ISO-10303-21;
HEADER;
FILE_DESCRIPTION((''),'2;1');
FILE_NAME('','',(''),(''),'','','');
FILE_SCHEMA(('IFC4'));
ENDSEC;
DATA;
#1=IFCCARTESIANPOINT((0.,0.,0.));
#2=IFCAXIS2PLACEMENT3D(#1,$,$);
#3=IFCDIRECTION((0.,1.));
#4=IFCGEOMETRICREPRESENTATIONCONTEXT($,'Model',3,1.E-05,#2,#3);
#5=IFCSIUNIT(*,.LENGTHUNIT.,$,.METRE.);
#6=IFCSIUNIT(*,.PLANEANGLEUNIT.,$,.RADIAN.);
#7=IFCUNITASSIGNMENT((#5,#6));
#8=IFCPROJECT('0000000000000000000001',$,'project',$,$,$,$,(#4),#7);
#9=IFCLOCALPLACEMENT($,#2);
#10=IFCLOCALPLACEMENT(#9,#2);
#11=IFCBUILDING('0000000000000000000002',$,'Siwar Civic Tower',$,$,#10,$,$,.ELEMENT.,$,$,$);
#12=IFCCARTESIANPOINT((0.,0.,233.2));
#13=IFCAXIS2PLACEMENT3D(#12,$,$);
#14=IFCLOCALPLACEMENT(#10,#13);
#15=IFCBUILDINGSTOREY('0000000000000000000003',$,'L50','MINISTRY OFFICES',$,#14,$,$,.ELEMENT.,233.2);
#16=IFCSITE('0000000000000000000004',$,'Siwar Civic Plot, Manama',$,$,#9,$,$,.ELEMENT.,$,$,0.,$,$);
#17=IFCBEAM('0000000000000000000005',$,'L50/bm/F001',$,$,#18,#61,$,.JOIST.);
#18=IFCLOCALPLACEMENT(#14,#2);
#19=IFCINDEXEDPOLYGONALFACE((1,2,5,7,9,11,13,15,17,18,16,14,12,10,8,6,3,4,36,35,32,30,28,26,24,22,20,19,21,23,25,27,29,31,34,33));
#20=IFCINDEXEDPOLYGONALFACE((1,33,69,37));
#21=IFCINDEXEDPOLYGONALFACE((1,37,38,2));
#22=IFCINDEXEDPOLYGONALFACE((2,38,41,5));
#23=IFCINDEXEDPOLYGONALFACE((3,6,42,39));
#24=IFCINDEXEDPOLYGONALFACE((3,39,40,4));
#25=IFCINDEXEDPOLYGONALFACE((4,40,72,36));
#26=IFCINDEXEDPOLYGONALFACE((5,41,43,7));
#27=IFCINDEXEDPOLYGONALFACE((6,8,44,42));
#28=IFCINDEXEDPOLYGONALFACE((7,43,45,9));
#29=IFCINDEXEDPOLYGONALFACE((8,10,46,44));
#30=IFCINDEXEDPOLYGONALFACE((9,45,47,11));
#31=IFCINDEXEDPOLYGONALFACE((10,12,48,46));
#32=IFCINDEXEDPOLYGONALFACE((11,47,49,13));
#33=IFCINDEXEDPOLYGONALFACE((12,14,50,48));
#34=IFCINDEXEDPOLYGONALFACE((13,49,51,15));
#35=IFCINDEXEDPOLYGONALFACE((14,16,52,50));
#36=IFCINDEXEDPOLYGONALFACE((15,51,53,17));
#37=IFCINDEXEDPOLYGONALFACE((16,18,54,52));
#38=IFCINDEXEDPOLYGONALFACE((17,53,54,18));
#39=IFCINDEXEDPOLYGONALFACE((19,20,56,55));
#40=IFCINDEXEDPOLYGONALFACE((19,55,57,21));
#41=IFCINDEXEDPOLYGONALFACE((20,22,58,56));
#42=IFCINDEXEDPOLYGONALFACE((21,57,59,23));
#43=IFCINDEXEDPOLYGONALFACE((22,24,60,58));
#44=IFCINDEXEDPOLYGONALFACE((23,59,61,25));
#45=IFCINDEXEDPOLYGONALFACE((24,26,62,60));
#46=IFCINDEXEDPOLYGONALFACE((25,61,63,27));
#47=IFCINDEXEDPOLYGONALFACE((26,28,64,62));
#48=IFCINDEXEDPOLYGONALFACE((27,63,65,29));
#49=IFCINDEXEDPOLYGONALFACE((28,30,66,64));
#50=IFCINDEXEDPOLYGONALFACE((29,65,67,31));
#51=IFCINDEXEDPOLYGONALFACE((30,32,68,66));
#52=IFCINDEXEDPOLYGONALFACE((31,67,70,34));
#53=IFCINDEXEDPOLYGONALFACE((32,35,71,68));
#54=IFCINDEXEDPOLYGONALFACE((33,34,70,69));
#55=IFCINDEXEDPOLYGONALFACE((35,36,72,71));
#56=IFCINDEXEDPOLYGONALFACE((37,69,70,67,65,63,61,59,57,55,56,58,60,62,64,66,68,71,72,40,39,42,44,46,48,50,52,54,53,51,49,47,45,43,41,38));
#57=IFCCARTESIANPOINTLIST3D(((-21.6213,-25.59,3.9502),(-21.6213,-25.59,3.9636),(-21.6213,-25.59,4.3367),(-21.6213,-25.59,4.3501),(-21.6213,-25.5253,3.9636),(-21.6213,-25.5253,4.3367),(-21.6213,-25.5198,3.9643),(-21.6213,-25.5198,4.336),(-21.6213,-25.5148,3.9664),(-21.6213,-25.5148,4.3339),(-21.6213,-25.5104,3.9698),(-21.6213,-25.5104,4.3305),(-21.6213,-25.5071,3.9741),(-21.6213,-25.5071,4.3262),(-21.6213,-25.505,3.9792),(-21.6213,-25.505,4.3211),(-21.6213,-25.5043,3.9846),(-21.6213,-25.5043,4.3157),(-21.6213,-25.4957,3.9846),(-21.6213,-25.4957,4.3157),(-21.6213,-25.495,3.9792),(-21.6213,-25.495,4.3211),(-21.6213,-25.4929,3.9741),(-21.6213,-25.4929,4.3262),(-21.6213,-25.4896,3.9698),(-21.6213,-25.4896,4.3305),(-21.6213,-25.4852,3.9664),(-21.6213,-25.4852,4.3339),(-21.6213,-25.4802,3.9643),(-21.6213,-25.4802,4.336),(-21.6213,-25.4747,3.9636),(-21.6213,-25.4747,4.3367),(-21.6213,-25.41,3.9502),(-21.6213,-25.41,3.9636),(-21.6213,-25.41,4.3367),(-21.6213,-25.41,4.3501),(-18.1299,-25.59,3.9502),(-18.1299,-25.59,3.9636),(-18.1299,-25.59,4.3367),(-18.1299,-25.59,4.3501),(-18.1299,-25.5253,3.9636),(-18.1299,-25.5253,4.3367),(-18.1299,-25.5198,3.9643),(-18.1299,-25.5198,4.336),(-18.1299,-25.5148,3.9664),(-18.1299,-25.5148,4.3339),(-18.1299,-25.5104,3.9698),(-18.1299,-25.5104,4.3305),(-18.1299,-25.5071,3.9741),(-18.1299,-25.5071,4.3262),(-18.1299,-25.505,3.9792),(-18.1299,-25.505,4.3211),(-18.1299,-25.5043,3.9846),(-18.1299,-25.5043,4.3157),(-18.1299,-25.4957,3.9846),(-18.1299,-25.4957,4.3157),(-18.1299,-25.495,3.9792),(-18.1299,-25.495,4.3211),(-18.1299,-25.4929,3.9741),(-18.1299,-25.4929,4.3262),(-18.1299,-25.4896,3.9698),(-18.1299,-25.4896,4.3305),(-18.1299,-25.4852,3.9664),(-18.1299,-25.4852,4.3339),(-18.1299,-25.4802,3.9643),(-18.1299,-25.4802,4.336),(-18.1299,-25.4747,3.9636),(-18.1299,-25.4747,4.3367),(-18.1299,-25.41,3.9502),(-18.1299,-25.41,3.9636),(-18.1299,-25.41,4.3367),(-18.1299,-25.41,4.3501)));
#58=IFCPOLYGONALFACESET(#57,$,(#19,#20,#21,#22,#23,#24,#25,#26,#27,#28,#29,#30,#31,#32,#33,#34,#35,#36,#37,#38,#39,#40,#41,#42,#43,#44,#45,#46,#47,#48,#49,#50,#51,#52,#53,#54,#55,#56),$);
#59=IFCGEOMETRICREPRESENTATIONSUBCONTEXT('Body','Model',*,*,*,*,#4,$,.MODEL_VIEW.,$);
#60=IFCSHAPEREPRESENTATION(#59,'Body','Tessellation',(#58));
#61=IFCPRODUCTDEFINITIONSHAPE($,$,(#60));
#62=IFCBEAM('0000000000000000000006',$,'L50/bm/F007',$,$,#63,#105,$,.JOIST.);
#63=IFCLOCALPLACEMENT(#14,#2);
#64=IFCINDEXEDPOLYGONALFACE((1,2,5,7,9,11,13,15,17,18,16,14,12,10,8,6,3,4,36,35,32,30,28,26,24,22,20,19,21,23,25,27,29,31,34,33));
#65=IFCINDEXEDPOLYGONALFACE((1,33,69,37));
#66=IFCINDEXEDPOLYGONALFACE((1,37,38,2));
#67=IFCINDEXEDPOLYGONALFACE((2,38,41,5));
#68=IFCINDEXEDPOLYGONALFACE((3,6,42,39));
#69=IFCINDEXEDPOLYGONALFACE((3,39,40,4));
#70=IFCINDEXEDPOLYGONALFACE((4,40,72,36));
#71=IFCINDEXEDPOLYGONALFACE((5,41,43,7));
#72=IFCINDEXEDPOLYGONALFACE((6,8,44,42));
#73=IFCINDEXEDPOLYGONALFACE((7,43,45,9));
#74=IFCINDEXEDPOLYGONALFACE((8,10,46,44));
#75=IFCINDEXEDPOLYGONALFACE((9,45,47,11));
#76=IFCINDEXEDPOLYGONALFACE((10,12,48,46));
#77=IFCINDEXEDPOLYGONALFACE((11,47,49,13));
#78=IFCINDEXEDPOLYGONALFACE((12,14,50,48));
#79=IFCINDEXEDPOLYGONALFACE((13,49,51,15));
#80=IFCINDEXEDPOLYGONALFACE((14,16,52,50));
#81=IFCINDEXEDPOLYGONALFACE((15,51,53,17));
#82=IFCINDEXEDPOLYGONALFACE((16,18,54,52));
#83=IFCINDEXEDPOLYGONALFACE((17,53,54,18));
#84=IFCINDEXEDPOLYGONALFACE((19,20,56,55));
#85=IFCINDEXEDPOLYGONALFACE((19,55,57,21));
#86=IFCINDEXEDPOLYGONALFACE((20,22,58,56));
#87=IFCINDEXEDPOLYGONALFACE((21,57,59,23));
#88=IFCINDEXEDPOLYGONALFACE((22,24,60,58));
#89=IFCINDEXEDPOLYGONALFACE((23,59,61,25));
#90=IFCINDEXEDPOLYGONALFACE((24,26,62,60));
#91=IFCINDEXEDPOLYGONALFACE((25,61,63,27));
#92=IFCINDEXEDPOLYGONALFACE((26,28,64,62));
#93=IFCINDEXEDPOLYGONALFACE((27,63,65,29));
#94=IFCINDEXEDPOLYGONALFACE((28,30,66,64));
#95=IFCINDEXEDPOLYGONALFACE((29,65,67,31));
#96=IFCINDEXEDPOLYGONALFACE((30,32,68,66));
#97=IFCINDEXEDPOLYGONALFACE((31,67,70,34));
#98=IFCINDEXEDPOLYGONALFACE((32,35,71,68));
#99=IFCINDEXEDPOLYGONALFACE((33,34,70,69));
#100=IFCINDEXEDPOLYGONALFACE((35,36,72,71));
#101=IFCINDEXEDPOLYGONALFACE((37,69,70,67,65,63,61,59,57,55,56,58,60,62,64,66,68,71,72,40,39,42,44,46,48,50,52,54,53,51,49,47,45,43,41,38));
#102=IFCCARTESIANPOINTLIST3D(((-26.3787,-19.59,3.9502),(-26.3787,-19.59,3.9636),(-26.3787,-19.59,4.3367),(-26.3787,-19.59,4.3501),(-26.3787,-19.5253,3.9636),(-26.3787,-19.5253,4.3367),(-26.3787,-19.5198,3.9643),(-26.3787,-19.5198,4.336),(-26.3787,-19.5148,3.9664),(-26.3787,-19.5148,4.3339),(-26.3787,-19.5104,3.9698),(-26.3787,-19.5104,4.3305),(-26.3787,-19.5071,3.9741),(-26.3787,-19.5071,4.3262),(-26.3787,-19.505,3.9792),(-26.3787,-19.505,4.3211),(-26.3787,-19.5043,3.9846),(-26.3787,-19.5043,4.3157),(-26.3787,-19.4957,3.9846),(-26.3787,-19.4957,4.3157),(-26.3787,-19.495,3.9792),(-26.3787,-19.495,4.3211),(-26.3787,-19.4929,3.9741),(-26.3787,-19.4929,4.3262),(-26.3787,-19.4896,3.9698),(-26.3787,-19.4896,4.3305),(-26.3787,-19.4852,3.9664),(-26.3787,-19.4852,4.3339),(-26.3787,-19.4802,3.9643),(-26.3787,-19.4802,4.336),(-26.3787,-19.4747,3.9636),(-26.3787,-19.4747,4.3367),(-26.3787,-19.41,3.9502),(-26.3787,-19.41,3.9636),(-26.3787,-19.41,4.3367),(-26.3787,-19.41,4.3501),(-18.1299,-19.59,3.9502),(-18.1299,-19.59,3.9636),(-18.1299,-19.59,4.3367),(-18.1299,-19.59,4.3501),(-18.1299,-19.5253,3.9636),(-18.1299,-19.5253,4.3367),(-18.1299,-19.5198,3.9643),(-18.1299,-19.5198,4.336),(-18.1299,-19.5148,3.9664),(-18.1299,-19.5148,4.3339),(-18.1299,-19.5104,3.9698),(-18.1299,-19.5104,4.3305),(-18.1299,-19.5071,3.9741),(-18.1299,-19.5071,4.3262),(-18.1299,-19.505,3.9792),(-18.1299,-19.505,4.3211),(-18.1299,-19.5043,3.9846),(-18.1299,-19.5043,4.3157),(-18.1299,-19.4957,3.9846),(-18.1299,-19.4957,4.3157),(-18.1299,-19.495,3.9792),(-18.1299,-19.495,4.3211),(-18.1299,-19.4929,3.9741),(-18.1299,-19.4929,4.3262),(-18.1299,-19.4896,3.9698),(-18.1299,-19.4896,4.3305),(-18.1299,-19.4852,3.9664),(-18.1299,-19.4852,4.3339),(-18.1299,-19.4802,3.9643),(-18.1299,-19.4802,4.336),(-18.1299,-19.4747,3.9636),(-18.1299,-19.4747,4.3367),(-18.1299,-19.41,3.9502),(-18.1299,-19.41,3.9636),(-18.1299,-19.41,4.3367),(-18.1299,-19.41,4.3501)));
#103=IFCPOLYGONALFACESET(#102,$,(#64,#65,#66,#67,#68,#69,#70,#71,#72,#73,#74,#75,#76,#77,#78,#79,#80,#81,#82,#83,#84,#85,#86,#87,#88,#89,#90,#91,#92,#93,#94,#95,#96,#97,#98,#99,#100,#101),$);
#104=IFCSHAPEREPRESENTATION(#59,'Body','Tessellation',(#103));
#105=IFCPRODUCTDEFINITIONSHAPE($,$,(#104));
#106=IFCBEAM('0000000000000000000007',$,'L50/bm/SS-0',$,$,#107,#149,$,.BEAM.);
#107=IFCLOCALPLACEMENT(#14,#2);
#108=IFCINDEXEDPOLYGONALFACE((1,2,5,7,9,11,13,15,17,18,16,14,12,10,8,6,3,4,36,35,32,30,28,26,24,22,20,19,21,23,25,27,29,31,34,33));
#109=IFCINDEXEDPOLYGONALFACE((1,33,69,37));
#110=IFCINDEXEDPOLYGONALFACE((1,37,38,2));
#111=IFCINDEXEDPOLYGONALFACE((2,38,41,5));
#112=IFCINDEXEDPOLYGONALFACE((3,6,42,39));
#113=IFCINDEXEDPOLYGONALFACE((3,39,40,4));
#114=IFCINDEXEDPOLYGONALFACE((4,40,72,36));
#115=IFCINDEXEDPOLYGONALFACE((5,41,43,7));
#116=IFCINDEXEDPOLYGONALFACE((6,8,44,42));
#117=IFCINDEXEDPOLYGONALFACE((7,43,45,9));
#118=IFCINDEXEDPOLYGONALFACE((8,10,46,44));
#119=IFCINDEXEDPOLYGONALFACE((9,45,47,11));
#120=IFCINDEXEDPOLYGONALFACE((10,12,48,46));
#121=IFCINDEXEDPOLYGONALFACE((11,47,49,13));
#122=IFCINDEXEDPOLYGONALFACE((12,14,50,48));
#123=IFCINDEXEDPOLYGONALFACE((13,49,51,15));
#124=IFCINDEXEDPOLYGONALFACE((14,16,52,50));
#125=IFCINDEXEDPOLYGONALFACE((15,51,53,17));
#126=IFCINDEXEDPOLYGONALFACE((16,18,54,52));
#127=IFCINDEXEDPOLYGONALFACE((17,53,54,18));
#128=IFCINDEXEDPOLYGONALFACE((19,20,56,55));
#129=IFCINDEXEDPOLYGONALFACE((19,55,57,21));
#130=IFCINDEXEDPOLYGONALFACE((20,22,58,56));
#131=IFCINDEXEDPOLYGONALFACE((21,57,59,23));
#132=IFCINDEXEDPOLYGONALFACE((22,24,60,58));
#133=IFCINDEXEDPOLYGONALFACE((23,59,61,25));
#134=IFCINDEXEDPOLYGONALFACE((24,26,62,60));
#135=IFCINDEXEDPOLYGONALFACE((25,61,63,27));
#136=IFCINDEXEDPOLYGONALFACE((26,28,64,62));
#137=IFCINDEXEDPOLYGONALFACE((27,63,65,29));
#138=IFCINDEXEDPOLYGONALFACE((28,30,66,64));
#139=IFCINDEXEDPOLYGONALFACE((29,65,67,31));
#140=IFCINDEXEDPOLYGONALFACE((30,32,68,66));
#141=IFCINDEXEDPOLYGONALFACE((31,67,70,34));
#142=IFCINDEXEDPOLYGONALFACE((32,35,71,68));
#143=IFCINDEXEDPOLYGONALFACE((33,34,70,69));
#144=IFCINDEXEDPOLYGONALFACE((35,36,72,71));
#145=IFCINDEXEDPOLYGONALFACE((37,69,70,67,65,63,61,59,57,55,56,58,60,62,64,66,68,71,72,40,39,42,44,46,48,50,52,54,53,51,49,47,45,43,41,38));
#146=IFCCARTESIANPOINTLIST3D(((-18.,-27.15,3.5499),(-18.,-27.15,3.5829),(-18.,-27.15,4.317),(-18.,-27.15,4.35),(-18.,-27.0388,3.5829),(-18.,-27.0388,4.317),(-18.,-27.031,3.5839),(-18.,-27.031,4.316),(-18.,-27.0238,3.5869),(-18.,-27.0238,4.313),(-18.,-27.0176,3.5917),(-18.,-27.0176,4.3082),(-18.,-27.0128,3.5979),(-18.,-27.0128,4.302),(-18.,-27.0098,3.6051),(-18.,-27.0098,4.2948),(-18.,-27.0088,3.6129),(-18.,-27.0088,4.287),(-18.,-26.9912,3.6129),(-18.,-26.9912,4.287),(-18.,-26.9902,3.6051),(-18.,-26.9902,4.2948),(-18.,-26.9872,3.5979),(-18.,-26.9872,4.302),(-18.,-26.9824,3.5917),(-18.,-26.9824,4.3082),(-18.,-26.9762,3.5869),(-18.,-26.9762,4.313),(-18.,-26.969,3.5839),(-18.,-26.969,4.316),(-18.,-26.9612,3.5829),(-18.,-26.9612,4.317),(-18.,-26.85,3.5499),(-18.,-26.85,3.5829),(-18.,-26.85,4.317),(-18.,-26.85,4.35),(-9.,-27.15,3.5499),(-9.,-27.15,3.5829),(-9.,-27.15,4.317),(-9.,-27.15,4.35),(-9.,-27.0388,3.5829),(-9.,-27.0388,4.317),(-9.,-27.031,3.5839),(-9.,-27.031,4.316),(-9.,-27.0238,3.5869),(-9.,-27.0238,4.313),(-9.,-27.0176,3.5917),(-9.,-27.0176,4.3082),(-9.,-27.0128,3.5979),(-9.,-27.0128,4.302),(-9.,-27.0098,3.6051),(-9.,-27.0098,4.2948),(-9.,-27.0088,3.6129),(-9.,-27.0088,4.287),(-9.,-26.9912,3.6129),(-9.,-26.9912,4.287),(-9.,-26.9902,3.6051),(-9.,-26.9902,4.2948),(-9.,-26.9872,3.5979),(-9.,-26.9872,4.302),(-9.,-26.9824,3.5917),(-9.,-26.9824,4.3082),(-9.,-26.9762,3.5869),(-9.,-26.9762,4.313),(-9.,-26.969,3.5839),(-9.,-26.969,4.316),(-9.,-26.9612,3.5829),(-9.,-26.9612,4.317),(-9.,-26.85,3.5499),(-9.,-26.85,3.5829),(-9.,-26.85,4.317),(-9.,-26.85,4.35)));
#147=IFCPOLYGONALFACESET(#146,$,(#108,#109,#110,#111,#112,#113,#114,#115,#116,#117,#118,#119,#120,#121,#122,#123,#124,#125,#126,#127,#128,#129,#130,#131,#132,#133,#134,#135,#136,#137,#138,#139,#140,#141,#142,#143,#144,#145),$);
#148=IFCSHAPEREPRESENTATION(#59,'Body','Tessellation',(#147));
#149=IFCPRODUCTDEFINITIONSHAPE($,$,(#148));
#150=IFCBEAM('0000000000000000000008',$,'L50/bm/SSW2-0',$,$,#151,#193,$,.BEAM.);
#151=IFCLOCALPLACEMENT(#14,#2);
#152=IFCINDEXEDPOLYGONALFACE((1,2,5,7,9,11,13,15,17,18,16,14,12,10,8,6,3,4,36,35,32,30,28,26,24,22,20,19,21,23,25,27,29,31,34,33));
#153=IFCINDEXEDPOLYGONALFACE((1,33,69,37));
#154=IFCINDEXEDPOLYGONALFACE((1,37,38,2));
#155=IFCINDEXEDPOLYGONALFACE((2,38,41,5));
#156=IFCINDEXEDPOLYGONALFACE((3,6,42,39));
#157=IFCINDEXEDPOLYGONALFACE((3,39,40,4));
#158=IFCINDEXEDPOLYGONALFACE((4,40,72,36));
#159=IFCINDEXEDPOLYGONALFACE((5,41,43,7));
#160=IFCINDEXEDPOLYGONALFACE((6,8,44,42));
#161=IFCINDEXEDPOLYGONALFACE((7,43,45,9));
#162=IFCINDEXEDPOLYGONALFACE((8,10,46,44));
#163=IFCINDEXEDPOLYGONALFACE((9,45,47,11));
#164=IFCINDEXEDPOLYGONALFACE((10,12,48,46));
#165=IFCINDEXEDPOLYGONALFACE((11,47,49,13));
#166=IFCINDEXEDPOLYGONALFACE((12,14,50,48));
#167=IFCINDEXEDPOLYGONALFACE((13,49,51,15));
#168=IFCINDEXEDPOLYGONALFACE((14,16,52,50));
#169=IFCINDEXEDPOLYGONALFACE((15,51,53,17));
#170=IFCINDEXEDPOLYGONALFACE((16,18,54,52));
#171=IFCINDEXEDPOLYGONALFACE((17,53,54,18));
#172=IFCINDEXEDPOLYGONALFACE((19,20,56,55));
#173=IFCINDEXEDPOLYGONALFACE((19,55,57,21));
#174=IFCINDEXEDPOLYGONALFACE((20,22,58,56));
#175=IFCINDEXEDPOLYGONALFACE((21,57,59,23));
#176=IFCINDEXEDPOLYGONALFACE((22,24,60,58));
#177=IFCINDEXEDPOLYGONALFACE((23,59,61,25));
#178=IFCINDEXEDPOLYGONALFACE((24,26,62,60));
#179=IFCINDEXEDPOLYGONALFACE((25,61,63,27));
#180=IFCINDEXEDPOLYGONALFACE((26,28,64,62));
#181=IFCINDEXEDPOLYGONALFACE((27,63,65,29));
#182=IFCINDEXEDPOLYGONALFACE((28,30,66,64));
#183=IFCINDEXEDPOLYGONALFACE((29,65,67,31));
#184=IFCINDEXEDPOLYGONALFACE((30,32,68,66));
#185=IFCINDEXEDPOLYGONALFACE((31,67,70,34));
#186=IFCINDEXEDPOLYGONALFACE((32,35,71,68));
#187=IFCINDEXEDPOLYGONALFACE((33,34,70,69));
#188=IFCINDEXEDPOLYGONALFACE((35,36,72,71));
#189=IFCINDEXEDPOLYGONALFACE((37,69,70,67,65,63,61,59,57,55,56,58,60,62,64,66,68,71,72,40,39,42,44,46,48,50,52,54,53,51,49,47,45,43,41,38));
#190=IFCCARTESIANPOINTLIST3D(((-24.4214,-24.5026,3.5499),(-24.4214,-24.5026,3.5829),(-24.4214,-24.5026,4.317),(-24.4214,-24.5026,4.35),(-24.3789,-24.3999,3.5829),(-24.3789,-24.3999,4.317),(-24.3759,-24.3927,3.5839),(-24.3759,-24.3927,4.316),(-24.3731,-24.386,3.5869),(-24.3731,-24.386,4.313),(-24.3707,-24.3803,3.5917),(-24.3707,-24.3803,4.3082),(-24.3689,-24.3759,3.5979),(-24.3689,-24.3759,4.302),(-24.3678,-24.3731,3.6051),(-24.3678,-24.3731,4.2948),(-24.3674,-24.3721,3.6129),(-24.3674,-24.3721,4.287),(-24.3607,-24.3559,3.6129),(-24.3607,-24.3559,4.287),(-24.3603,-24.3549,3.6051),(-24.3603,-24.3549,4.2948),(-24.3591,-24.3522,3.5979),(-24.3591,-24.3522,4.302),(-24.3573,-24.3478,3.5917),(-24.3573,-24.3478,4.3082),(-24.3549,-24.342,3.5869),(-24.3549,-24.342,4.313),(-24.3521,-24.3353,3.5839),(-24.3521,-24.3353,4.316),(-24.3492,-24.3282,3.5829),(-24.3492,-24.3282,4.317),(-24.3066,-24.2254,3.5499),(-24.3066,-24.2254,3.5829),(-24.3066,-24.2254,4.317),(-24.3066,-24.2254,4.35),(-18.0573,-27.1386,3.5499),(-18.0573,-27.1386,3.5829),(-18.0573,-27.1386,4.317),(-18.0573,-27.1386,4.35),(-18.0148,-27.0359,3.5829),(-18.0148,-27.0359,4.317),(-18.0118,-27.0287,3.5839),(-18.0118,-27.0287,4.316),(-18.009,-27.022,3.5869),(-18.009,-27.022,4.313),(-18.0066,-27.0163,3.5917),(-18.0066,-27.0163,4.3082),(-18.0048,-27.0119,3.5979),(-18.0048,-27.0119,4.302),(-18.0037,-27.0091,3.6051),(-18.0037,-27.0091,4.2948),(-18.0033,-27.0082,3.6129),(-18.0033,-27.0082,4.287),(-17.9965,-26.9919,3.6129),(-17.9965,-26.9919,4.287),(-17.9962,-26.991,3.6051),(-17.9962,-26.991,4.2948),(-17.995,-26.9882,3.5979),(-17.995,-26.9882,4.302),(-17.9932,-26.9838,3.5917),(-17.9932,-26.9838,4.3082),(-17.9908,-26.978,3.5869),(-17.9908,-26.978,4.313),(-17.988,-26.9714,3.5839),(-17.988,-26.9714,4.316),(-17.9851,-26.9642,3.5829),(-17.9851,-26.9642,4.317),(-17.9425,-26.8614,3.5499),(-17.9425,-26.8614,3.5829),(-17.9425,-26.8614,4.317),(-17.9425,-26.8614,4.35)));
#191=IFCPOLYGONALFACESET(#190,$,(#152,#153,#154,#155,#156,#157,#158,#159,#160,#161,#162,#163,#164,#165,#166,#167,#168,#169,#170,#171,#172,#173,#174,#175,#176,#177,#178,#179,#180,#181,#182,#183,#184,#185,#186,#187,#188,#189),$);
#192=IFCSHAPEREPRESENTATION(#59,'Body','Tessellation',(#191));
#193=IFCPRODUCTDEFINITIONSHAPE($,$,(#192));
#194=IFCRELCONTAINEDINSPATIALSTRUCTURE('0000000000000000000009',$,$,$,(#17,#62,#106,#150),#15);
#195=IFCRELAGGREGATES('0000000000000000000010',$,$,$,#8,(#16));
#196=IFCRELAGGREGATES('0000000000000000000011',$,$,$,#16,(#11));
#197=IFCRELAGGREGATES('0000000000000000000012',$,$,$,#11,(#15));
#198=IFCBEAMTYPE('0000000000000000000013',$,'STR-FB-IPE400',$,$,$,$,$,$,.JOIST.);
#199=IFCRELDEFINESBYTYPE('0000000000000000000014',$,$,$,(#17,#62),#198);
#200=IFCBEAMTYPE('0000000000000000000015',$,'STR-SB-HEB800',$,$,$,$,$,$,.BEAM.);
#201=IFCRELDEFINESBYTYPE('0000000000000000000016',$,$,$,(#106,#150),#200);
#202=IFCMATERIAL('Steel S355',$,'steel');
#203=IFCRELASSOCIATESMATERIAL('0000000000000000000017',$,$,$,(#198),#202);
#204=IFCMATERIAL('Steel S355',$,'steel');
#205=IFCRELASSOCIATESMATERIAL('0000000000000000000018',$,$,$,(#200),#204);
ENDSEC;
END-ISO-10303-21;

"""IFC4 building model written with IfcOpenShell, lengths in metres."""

from ifc_helpers import new_model, si_unit, direction, frame, origin, origin_2d, place, context, subcontext, project, spatial, i_section, extrude, material, material_profile, profile_set, type_object, element, save


model = new_model("IFC4")

# Units and contexts
model_context = context("Model", 3, precision=1e-05, world=origin(), true_north=direction((0.0, 1.0)))
body_context = subcontext(model_context, "Body", "Model", "MODEL_VIEW")
ifc_project = project(units=[si_unit("LENGTHUNIT", "METRE"), si_unit("PLANEANGLEUNIT", "RADIAN")], contexts=[model_context])

# Site, building, storey
site_placement = place(None, origin())
site = spatial("IfcSite", under=ifc_project, at=site_placement, Name="Siwar Civic Plot, Manama", CompositionType="ELEMENT", RefElevation=0.0)
building_placement = place(site_placement, origin())
building = spatial("IfcBuilding", under=site, at=building_placement, Name="Siwar Civic Tower", CompositionType="ELEMENT")
storey_placement = place(building_placement, frame((0.0, 0.0, 233.2)))
storey = spatial("IfcBuildingStorey", under=building, at=storey_placement, Name="L50", Description="MINISTRY OFFICES", CompositionType="ELEMENT", Elevation=233.2)

# Beams
ifc_material_1 = material(Name="Steel S355", Category="steel")
ifc_material_profile_1 = material_profile(ifc_material_1, i_section(OverallWidth=0.1799, OverallDepth=0.3999, WebThickness=0.0085, FlangeThickness=0.0134, FilletRadius=0.021, at=origin_2d()), Name="IPE400")
ifc_profile_set_1 = profile_set([ifc_material_profile_1], Name="Steel S355")
beam_type_1 = type_object("IfcBeamType", Name="STR-FB-IPE400", PredefinedType="JOIST", material=ifc_profile_set_1)
beam_1_placement = place(storey_placement, frame((-21.6213, -25.5, 4.1501), z_axis=(1.0, 0.0, 0.0), x_axis=(0.0, 1.0, 0.0)))
element("IfcBeam", 1, at=beam_1_placement, inside=storey, type_object=beam_type_1, Name="L50/bm/F001", PredefinedType="JOIST", context=body_context, shape_type="SweptSolid", body=[
    extrude(i_section(OverallWidth=0.1799, OverallDepth=0.3999, WebThickness=0.0085, FlangeThickness=0.0134, FilletRadius=0.021, at=origin_2d()), origin(), (0.0, 0.0, 1.0), 3.4915),
])
beam_2_placement = place(storey_placement, frame((-26.3787, -19.5, 4.1501), z_axis=(1.0, 0.0, 0.0), x_axis=(0.0, 1.0, 0.0)))
element("IfcBeam", 2, at=beam_2_placement, inside=storey, type_object=beam_type_1, Name="L50/bm/F007", PredefinedType="JOIST", context=body_context, shape_type="SweptSolid", body=[
    extrude(i_section(OverallWidth=0.1799, OverallDepth=0.3999, WebThickness=0.0085, FlangeThickness=0.0134, FilletRadius=0.021, at=origin_2d()), origin(), (0.0, 0.0, 1.0), 8.2488),
])
ifc_material_2 = material(Name="Steel S355", Category="steel")
ifc_material_profile_2 = material_profile(ifc_material_2, i_section(OverallWidth=0.3, OverallDepth=0.8, WebThickness=0.0176, FlangeThickness=0.033, FilletRadius=0.03, at=origin_2d()), Name="HEB800")
ifc_profile_set_2 = profile_set([ifc_material_profile_2], Name="Steel S355")
beam_type_2 = type_object("IfcBeamType", Name="STR-SB-HEB800", PredefinedType="BEAM", material=ifc_profile_set_2)
beam_3_placement = place(storey_placement, frame((-18.0, -27.0, 3.95), z_axis=(1.0, 0.0, 0.0), x_axis=(0.0, 1.0, 0.0)))
element("IfcBeam", 3, at=beam_3_placement, inside=storey, type_object=beam_type_2, Name="L50/bm/SS-0", PredefinedType="BEAM", context=body_context, shape_type="SweptSolid", body=[
    extrude(i_section(OverallWidth=0.3, OverallDepth=0.8, WebThickness=0.0176, FlangeThickness=0.033, FilletRadius=0.03, at=origin_2d()), origin(), (0.0, 0.0, 1.0), 9.0),
])
beam_4_placement = place(storey_placement, frame((-24.364, -24.364, 3.95), z_axis=(0.923883, -0.382674, 0.0), x_axis=(0.382674, 0.923883, 0.0)))
element("IfcBeam", 4, at=beam_4_placement, inside=storey, type_object=beam_type_2, Name="L50/bm/SSW2-0", PredefinedType="BEAM", context=body_context, shape_type="SweptSolid", body=[
    extrude(i_section(OverallWidth=0.3, OverallDepth=0.8, WebThickness=0.0176, FlangeThickness=0.033, FilletRadius=0.03, at=origin_2d()), origin(), (0.0, 0.0, 1.0), 6.8884),
])

save(model, "model.ifc")
